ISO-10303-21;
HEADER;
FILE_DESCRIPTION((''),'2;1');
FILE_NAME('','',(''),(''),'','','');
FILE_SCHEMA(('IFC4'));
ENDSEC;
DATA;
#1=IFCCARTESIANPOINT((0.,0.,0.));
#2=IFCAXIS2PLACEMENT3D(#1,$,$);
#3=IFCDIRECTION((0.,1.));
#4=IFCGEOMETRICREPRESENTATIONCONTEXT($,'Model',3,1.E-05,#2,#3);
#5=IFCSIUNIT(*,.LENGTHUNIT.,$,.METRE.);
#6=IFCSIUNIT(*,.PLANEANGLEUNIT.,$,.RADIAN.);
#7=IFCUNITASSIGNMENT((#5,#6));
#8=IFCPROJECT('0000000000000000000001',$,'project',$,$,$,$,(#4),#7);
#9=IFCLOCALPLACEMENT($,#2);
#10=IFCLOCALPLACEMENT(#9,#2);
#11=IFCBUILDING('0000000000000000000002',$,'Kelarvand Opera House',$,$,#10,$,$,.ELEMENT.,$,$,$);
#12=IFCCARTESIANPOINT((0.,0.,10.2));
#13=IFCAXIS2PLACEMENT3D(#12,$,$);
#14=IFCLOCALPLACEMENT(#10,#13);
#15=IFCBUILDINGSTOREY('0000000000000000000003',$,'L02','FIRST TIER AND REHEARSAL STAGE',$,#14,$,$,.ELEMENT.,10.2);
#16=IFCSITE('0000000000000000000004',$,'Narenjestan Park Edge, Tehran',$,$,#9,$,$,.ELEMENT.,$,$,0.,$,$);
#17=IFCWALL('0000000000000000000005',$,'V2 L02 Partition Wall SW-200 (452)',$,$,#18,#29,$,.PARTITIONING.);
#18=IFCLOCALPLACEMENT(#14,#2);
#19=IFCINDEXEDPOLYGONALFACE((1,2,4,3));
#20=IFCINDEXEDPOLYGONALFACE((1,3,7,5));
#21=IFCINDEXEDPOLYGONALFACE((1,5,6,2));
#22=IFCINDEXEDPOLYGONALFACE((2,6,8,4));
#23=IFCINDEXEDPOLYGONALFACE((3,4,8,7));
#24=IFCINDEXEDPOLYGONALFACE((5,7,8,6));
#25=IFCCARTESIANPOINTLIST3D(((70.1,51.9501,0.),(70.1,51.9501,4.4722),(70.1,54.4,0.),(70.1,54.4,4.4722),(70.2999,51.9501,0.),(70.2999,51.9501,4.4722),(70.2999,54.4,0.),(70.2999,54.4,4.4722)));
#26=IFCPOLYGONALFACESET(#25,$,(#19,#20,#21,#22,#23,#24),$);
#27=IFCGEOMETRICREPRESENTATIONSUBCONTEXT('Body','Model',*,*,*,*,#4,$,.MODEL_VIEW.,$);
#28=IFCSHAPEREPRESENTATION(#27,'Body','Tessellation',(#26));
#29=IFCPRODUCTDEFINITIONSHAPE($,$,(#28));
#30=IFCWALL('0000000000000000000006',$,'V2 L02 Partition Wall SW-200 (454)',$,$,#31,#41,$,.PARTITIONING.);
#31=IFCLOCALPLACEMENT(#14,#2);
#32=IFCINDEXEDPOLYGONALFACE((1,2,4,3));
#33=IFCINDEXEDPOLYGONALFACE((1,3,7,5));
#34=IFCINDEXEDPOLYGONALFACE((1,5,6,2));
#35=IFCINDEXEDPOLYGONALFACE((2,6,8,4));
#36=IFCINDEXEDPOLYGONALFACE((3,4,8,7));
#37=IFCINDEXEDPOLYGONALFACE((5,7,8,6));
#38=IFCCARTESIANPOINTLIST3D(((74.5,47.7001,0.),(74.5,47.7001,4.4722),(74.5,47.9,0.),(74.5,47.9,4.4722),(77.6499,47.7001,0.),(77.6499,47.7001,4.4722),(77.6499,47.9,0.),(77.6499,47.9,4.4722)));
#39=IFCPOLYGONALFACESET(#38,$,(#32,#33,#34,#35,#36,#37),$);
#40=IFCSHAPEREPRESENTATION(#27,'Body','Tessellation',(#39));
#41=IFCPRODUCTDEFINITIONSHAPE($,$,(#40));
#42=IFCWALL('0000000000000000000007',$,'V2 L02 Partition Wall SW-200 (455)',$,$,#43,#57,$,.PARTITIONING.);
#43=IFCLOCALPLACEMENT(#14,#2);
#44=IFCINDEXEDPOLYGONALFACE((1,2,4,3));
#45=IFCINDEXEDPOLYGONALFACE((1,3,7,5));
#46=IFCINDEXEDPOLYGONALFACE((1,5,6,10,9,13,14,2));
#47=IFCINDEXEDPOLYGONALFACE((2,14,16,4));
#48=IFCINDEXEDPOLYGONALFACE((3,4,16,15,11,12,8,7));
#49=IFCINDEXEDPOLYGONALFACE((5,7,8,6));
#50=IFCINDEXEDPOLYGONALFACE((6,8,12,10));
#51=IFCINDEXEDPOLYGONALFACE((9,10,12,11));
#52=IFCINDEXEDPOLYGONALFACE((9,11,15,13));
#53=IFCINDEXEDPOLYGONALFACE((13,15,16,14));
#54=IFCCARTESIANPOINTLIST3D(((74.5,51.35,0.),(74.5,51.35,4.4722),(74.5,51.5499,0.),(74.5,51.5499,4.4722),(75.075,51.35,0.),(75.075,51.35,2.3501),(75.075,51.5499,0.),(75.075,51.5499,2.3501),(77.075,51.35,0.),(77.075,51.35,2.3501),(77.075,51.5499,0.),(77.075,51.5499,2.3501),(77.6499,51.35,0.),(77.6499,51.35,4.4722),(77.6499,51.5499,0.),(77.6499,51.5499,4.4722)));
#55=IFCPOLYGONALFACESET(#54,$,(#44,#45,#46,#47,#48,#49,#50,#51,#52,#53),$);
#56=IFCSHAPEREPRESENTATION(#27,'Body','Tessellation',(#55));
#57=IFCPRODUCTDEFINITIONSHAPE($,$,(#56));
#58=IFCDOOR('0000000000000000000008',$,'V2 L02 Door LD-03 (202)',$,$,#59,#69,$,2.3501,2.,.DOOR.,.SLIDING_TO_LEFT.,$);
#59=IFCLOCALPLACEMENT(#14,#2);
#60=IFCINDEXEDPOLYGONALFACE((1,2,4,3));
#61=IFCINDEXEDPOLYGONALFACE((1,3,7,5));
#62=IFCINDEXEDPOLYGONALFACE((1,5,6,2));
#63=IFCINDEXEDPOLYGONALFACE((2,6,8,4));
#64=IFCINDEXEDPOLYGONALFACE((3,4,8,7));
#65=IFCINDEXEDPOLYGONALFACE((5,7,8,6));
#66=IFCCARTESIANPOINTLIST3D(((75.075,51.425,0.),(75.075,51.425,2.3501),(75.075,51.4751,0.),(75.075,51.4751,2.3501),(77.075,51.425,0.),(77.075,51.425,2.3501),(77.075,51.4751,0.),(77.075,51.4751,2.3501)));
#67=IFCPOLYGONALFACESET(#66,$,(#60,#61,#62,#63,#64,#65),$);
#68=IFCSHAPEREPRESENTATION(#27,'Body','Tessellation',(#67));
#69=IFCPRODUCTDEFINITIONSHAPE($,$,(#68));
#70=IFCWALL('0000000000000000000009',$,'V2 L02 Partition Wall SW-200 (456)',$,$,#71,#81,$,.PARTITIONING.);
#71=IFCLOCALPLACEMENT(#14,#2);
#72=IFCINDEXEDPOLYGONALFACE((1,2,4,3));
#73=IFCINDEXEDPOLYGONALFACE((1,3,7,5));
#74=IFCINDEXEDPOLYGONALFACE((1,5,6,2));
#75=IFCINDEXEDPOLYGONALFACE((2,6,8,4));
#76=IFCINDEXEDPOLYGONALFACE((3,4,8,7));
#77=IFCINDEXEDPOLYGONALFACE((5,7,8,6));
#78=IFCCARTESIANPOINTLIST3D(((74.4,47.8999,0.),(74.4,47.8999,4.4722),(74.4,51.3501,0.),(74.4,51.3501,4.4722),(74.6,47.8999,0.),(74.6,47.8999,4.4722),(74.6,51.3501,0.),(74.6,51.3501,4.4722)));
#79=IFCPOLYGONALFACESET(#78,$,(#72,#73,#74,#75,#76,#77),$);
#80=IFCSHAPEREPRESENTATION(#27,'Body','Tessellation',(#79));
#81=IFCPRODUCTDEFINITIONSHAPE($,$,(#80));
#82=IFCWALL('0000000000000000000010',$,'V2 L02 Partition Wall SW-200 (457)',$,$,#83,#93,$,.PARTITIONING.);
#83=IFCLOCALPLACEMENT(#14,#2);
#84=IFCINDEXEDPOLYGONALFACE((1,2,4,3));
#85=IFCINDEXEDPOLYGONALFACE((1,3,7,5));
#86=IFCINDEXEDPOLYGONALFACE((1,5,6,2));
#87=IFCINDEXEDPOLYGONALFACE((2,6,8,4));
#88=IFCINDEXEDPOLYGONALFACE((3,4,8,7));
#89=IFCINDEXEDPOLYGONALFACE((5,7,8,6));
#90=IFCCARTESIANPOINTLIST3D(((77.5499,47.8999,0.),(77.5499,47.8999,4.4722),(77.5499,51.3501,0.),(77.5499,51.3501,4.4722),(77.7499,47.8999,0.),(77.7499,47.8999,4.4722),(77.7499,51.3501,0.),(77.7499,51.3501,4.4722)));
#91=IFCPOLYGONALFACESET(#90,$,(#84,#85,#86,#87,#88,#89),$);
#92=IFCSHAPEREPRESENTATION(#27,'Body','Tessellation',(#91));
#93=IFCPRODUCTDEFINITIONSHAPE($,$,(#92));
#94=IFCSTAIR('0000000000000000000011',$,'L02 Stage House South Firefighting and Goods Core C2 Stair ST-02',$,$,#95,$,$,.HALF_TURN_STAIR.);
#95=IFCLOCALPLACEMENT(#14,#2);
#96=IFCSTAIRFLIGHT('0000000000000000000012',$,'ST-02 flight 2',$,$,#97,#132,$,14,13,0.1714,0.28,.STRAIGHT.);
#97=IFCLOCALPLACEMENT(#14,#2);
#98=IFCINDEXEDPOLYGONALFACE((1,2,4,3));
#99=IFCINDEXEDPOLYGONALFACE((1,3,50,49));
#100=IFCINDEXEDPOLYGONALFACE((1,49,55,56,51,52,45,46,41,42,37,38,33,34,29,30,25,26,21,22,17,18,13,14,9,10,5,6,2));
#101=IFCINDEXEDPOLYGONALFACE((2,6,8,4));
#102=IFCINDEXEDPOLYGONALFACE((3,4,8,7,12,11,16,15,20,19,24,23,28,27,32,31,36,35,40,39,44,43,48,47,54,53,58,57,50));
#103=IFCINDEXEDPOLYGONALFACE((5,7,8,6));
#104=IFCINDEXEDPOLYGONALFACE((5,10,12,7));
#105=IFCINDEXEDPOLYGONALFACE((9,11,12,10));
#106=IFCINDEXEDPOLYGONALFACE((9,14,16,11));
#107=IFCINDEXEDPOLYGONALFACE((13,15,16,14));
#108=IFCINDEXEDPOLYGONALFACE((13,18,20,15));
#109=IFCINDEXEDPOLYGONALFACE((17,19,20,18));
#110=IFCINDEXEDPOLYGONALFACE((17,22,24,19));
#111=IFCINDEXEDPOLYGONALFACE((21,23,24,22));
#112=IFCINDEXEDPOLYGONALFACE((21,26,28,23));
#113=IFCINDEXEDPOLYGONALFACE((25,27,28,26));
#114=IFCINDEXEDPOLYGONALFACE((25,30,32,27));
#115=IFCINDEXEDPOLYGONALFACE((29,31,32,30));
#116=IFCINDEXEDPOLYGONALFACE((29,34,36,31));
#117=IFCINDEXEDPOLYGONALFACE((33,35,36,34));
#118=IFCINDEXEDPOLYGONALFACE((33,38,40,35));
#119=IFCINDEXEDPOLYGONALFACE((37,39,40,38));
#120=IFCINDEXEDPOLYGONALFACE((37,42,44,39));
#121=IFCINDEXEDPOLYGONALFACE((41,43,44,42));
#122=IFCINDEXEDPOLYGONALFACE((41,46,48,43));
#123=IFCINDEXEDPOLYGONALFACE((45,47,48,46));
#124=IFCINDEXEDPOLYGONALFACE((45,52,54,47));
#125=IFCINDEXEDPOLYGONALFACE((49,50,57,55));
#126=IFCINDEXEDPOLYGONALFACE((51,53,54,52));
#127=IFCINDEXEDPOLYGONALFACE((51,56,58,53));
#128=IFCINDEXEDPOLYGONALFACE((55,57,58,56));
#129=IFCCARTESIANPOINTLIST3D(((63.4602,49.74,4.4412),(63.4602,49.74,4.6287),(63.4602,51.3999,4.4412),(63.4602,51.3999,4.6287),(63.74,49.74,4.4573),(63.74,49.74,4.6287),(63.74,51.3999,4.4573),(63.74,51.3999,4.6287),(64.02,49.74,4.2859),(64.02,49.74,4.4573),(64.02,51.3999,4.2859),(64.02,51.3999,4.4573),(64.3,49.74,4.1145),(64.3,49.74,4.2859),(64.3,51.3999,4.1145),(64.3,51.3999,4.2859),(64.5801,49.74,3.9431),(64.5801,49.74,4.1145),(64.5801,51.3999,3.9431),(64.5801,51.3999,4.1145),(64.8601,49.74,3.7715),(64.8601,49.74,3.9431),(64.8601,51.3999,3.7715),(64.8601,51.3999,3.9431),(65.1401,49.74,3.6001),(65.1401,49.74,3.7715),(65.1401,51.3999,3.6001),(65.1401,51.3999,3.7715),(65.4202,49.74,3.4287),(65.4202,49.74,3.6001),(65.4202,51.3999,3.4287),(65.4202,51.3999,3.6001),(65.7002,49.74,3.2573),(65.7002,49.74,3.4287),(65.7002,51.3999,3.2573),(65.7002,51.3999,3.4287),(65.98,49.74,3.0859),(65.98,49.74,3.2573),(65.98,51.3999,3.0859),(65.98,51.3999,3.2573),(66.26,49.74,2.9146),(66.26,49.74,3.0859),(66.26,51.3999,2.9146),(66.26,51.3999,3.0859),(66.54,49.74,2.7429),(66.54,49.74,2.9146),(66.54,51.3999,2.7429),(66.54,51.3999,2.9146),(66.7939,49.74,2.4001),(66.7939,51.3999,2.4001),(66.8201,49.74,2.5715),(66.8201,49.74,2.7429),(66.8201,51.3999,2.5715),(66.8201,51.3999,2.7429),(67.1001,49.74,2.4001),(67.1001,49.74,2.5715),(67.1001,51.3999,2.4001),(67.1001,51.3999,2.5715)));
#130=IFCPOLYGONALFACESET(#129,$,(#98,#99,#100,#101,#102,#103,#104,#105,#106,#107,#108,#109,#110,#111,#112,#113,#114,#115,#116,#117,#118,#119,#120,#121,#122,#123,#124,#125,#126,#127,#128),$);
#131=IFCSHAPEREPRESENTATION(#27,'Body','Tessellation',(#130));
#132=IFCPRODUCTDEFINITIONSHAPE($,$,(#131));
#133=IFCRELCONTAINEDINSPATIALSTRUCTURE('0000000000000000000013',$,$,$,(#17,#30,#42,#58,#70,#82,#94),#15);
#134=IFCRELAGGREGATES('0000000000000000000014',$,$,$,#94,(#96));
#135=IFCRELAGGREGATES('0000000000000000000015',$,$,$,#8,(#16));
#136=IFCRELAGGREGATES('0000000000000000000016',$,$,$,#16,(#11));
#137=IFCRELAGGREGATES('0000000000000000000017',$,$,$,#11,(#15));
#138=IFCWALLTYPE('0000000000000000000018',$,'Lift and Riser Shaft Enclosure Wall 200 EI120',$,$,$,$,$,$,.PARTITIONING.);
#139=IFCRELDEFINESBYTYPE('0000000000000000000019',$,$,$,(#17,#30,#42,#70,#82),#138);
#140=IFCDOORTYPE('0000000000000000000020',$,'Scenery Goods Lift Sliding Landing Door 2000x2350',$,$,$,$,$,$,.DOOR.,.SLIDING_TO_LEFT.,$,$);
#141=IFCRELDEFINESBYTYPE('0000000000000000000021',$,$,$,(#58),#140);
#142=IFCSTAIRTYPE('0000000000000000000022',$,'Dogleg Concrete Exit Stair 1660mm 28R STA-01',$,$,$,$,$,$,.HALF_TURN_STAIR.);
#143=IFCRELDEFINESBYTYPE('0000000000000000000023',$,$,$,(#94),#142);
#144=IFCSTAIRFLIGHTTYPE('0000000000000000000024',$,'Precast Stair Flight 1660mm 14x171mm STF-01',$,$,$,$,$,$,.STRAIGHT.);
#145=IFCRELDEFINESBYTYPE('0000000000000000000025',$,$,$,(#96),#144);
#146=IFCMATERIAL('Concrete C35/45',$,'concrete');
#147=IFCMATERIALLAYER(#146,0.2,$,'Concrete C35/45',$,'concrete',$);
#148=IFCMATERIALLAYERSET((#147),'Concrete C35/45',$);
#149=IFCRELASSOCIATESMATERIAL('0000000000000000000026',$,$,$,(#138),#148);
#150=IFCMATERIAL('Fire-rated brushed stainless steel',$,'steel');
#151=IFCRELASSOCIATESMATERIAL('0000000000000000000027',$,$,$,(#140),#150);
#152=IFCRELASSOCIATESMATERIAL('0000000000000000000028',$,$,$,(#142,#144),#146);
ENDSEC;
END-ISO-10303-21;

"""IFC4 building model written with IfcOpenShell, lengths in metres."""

from ifc_helpers import new_model, si_unit, direction, frame, frame_2d, origin, place, context, subcontext, project, spatial, polyline, rectangle, outline, extrude, material, layer, layer_set, type_object, element, fill, aggregate, save


model = new_model("IFC4")

# Units and contexts
model_context = context("Model", 3, precision=1e-05, world=origin(), true_north=direction((0.0, 1.0)))
body_context = subcontext(model_context, "Body", "Model", "MODEL_VIEW")
ifc_project = project(units=[si_unit("LENGTHUNIT", "METRE"), si_unit("PLANEANGLEUNIT", "RADIAN")], contexts=[model_context])

# Site, building, storey
site_placement = place(None, origin())
site = spatial("IfcSite", under=ifc_project, at=site_placement, Name="Narenjestan Park Edge, Tehran", CompositionType="ELEMENT", RefElevation=0.0)
building_placement = place(site_placement, origin())
building = spatial("IfcBuilding", under=site, at=building_placement, Name="Kelarvand Opera House", CompositionType="ELEMENT")
storey_placement = place(building_placement, frame((0.0, 0.0, 10.2)))
storey = spatial("IfcBuildingStorey", under=building, at=storey_placement, Name="L02", Description="FIRST TIER AND REHEARSAL STAGE", CompositionType="ELEMENT", Elevation=10.2)

# Shared definitions
ifc_material_1 = material(Name="Concrete C35/45", Category="concrete")

# Shared definitions
ifc_material_2 = material(Name="Fire-rated brushed stainless steel", Category="steel")
ifc_layer_1 = layer(ifc_material_1, 0.2, Name="Concrete C35/45", Category="concrete")
ifc_layer_set_1 = layer_set([ifc_layer_1], Name="Concrete C35/45")
wall_type_1 = type_object("IfcWallType", Name="Lift and Riser Shaft Enclosure Wall 200 EI120", PredefinedType="PARTITIONING", material=ifc_layer_set_1)

# Walls
wall_1_placement = place(storey_placement, frame((70.2, 51.95, 0.0), z_axis=(0.0, 0.0, 1.0), x_axis=(0.0, 1.0, 0.0)))
element("IfcWall", 1, at=wall_1_placement, inside=storey, type_object=wall_type_1, Name="V2 L02 Partition Wall SW-200 (452)", PredefinedType="PARTITIONING", context=body_context, shape_type="SweptSolid", body=[
    extrude(rectangle(XDim=2.45, YDim=0.2, at=frame_2d((1.2251, 0.0))), origin(), (0.0, 0.0, 1.0), 4.4722),
])
wall_2_placement = place(storey_placement, frame((74.5, 47.8, 0.0), z_axis=(0.0, 0.0, 1.0), x_axis=(1.0, 0.0, 0.0)))
element("IfcWall", 2, at=wall_2_placement, inside=storey, type_object=wall_type_1, Name="V2 L02 Partition Wall SW-200 (454)", PredefinedType="PARTITIONING", context=body_context, shape_type="SweptSolid", body=[
    extrude(rectangle(XDim=3.1499, YDim=0.2, at=frame_2d((1.575, 0.0))), origin(), (0.0, 0.0, 1.0), 4.4722),
])

# Wall, opening, door
wall_3_placement = place(storey_placement, frame((77.6499, 51.45, 0.0), z_axis=(0.0, 0.0, 1.0), x_axis=(-1.0, 0.0, 0.0)))
wall_3 = element("IfcWall", 3, at=wall_3_placement, inside=storey, type_object=wall_type_1, Name="V2 L02 Partition Wall SW-200 (455)", PredefinedType="PARTITIONING", context=body_context, shape_type="SweptSolid", body=[
    extrude(rectangle(XDim=3.1499, YDim=0.2, at=frame_2d((1.575, 0.0))), origin(), (0.0, 0.0, 1.0), 4.4722),
])
opening_1_placement = place(wall_3_placement, frame((0.575, 0.0, 0.0)))
opening_1 = element("IfcOpeningElement", 4, at=opening_1_placement, cuts=wall_3, PredefinedType="OPENING", context=body_context, shape_type="SweptSolid", body=[
    extrude(rectangle(XDim=2.0, YDim=2.3501, at=frame_2d((1.0, 1.175))), frame((0.0, 0.1099, 0.0), z_axis=(0.0, -1.0, 0.0), x_axis=(1.0, 0.0, 0.0)), (0.0, 0.0, 1.0), 0.22),
])
door_type_1 = type_object("IfcDoorType", Name="Scenery Goods Lift Sliding Landing Door 2000x2350", OperationType="SLIDING_TO_LEFT", PredefinedType="DOOR", material=ifc_material_2)
door_1_placement = place(opening_1_placement, origin())
door_1 = element("IfcDoor", 5, at=door_1_placement, inside=storey, type_object=door_type_1, Name="V2 L02 Door LD-03 (202)", OperationType="SLIDING_TO_LEFT", OverallHeight=2.3501, OverallWidth=2.0, PredefinedType="DOOR", context=body_context, shape_type="SweptSolid", body=[
    extrude(rectangle(XDim=2.0, YDim=2.3501, at=frame_2d((1.0, 1.175))), frame((0.0, 0.0249, 0.0), z_axis=(0.0, -1.0, 0.0), x_axis=(1.0, 0.0, 0.0)), (0.0, 0.0, 1.0), 0.05),
])
fill(opening_1, door_1)

# Walls
for number, where, z_axis, x_axis, name in (
    (6, (74.5, 47.8999, 0.0), (0.0, 0.0, 1.0), (0.0, 1.0, 0.0), "V2 L02 Partition Wall SW-200 (456)"),
    (7, (77.6499, 51.3501, 0.0), (0.0, 0.0, 1.0), (0.0, -1.0, 0.0), "V2 L02 Partition Wall SW-200 (457)"),
):
    element("IfcWall", number, at=place(storey_placement, frame(where, z_axis=z_axis, x_axis=x_axis)), inside=storey, type_object=wall_type_1, Name=name, PredefinedType="PARTITIONING", context=body_context, shape_type="SweptSolid", body=[
        extrude(rectangle(XDim=3.4502, YDim=0.2, at=frame_2d((1.7251, 0.0))), origin(), (0.0, 0.0, 1.0), 4.4722),
    ])

# Stair, stair flight
stair_type = type_object("IfcStairType", Name="Dogleg Concrete Exit Stair 1660mm 28R STA-01", PredefinedType="HALF_TURN_STAIR", material=ifc_material_1)
stair_placement = place(storey_placement, origin())
stair = element("IfcStair", 8, at=stair_placement, inside=storey, type_object=stair_type, Name="L02 Stage House South Firefighting and Goods Core C2 Stair ST-02", PredefinedType="HALF_TURN_STAIR")
stair_flight_type = type_object("IfcStairFlightType", Name="Precast Stair Flight 1660mm 14x171mm STF-01", PredefinedType="STRAIGHT", material=ifc_material_1)
stair_flight_placement = place(storey_placement, frame((67.1001, 50.5701, 2.4001), z_axis=(0.0, 0.0, 1.0), x_axis=(-1.0, 0.0, 0.0)))
stair_flight = element("IfcStairFlight", 9, at=stair_flight_placement, type_object=stair_flight_type, Name="ST-02 flight 2", NumberOfRisers=14, NumberOfTreads=13, PredefinedType="STRAIGHT", RiserHeight=0.1714, TreadLength=0.28, context=body_context, shape_type="SweptSolid", body=[
    extrude(outline(polyline([(0.0, 0.0), (0.0, 0.1714), (0.28, 0.1714), (0.28, 0.3428), (0.5601, 0.3428), (0.5601, 0.5144), (0.8401, 0.5144), (0.8401, 0.6858), (1.1201, 0.6858), (1.1201, 0.8572), (1.3999, 0.8572), (1.3999, 1.0286), (1.6799, 1.0286), (1.6799, 1.2), (1.96, 1.2), (1.96, 1.3713), (2.24, 1.3713), (2.24, 1.543), (2.52, 1.543), (2.52, 1.7144), (2.8, 1.7144), (2.8, 1.8857), (3.0801, 1.8857), (3.0801, 2.0571), (3.3601, 2.0571), (3.3601, 2.2285), (3.6399, 2.2285), (3.6399, 2.3999), (3.6399, 2.041), (0.3062, 0.0), (0.0, 0.0)])), frame((0.0, 0.8301, 0.0), z_axis=(0.0, -1.0, 0.0), x_axis=(1.0, 0.0, 0.0)), (0.0, 0.0, 1.0), 1.6599),
])
aggregate(stair, [stair_flight])

save(model, "model.ifc")
